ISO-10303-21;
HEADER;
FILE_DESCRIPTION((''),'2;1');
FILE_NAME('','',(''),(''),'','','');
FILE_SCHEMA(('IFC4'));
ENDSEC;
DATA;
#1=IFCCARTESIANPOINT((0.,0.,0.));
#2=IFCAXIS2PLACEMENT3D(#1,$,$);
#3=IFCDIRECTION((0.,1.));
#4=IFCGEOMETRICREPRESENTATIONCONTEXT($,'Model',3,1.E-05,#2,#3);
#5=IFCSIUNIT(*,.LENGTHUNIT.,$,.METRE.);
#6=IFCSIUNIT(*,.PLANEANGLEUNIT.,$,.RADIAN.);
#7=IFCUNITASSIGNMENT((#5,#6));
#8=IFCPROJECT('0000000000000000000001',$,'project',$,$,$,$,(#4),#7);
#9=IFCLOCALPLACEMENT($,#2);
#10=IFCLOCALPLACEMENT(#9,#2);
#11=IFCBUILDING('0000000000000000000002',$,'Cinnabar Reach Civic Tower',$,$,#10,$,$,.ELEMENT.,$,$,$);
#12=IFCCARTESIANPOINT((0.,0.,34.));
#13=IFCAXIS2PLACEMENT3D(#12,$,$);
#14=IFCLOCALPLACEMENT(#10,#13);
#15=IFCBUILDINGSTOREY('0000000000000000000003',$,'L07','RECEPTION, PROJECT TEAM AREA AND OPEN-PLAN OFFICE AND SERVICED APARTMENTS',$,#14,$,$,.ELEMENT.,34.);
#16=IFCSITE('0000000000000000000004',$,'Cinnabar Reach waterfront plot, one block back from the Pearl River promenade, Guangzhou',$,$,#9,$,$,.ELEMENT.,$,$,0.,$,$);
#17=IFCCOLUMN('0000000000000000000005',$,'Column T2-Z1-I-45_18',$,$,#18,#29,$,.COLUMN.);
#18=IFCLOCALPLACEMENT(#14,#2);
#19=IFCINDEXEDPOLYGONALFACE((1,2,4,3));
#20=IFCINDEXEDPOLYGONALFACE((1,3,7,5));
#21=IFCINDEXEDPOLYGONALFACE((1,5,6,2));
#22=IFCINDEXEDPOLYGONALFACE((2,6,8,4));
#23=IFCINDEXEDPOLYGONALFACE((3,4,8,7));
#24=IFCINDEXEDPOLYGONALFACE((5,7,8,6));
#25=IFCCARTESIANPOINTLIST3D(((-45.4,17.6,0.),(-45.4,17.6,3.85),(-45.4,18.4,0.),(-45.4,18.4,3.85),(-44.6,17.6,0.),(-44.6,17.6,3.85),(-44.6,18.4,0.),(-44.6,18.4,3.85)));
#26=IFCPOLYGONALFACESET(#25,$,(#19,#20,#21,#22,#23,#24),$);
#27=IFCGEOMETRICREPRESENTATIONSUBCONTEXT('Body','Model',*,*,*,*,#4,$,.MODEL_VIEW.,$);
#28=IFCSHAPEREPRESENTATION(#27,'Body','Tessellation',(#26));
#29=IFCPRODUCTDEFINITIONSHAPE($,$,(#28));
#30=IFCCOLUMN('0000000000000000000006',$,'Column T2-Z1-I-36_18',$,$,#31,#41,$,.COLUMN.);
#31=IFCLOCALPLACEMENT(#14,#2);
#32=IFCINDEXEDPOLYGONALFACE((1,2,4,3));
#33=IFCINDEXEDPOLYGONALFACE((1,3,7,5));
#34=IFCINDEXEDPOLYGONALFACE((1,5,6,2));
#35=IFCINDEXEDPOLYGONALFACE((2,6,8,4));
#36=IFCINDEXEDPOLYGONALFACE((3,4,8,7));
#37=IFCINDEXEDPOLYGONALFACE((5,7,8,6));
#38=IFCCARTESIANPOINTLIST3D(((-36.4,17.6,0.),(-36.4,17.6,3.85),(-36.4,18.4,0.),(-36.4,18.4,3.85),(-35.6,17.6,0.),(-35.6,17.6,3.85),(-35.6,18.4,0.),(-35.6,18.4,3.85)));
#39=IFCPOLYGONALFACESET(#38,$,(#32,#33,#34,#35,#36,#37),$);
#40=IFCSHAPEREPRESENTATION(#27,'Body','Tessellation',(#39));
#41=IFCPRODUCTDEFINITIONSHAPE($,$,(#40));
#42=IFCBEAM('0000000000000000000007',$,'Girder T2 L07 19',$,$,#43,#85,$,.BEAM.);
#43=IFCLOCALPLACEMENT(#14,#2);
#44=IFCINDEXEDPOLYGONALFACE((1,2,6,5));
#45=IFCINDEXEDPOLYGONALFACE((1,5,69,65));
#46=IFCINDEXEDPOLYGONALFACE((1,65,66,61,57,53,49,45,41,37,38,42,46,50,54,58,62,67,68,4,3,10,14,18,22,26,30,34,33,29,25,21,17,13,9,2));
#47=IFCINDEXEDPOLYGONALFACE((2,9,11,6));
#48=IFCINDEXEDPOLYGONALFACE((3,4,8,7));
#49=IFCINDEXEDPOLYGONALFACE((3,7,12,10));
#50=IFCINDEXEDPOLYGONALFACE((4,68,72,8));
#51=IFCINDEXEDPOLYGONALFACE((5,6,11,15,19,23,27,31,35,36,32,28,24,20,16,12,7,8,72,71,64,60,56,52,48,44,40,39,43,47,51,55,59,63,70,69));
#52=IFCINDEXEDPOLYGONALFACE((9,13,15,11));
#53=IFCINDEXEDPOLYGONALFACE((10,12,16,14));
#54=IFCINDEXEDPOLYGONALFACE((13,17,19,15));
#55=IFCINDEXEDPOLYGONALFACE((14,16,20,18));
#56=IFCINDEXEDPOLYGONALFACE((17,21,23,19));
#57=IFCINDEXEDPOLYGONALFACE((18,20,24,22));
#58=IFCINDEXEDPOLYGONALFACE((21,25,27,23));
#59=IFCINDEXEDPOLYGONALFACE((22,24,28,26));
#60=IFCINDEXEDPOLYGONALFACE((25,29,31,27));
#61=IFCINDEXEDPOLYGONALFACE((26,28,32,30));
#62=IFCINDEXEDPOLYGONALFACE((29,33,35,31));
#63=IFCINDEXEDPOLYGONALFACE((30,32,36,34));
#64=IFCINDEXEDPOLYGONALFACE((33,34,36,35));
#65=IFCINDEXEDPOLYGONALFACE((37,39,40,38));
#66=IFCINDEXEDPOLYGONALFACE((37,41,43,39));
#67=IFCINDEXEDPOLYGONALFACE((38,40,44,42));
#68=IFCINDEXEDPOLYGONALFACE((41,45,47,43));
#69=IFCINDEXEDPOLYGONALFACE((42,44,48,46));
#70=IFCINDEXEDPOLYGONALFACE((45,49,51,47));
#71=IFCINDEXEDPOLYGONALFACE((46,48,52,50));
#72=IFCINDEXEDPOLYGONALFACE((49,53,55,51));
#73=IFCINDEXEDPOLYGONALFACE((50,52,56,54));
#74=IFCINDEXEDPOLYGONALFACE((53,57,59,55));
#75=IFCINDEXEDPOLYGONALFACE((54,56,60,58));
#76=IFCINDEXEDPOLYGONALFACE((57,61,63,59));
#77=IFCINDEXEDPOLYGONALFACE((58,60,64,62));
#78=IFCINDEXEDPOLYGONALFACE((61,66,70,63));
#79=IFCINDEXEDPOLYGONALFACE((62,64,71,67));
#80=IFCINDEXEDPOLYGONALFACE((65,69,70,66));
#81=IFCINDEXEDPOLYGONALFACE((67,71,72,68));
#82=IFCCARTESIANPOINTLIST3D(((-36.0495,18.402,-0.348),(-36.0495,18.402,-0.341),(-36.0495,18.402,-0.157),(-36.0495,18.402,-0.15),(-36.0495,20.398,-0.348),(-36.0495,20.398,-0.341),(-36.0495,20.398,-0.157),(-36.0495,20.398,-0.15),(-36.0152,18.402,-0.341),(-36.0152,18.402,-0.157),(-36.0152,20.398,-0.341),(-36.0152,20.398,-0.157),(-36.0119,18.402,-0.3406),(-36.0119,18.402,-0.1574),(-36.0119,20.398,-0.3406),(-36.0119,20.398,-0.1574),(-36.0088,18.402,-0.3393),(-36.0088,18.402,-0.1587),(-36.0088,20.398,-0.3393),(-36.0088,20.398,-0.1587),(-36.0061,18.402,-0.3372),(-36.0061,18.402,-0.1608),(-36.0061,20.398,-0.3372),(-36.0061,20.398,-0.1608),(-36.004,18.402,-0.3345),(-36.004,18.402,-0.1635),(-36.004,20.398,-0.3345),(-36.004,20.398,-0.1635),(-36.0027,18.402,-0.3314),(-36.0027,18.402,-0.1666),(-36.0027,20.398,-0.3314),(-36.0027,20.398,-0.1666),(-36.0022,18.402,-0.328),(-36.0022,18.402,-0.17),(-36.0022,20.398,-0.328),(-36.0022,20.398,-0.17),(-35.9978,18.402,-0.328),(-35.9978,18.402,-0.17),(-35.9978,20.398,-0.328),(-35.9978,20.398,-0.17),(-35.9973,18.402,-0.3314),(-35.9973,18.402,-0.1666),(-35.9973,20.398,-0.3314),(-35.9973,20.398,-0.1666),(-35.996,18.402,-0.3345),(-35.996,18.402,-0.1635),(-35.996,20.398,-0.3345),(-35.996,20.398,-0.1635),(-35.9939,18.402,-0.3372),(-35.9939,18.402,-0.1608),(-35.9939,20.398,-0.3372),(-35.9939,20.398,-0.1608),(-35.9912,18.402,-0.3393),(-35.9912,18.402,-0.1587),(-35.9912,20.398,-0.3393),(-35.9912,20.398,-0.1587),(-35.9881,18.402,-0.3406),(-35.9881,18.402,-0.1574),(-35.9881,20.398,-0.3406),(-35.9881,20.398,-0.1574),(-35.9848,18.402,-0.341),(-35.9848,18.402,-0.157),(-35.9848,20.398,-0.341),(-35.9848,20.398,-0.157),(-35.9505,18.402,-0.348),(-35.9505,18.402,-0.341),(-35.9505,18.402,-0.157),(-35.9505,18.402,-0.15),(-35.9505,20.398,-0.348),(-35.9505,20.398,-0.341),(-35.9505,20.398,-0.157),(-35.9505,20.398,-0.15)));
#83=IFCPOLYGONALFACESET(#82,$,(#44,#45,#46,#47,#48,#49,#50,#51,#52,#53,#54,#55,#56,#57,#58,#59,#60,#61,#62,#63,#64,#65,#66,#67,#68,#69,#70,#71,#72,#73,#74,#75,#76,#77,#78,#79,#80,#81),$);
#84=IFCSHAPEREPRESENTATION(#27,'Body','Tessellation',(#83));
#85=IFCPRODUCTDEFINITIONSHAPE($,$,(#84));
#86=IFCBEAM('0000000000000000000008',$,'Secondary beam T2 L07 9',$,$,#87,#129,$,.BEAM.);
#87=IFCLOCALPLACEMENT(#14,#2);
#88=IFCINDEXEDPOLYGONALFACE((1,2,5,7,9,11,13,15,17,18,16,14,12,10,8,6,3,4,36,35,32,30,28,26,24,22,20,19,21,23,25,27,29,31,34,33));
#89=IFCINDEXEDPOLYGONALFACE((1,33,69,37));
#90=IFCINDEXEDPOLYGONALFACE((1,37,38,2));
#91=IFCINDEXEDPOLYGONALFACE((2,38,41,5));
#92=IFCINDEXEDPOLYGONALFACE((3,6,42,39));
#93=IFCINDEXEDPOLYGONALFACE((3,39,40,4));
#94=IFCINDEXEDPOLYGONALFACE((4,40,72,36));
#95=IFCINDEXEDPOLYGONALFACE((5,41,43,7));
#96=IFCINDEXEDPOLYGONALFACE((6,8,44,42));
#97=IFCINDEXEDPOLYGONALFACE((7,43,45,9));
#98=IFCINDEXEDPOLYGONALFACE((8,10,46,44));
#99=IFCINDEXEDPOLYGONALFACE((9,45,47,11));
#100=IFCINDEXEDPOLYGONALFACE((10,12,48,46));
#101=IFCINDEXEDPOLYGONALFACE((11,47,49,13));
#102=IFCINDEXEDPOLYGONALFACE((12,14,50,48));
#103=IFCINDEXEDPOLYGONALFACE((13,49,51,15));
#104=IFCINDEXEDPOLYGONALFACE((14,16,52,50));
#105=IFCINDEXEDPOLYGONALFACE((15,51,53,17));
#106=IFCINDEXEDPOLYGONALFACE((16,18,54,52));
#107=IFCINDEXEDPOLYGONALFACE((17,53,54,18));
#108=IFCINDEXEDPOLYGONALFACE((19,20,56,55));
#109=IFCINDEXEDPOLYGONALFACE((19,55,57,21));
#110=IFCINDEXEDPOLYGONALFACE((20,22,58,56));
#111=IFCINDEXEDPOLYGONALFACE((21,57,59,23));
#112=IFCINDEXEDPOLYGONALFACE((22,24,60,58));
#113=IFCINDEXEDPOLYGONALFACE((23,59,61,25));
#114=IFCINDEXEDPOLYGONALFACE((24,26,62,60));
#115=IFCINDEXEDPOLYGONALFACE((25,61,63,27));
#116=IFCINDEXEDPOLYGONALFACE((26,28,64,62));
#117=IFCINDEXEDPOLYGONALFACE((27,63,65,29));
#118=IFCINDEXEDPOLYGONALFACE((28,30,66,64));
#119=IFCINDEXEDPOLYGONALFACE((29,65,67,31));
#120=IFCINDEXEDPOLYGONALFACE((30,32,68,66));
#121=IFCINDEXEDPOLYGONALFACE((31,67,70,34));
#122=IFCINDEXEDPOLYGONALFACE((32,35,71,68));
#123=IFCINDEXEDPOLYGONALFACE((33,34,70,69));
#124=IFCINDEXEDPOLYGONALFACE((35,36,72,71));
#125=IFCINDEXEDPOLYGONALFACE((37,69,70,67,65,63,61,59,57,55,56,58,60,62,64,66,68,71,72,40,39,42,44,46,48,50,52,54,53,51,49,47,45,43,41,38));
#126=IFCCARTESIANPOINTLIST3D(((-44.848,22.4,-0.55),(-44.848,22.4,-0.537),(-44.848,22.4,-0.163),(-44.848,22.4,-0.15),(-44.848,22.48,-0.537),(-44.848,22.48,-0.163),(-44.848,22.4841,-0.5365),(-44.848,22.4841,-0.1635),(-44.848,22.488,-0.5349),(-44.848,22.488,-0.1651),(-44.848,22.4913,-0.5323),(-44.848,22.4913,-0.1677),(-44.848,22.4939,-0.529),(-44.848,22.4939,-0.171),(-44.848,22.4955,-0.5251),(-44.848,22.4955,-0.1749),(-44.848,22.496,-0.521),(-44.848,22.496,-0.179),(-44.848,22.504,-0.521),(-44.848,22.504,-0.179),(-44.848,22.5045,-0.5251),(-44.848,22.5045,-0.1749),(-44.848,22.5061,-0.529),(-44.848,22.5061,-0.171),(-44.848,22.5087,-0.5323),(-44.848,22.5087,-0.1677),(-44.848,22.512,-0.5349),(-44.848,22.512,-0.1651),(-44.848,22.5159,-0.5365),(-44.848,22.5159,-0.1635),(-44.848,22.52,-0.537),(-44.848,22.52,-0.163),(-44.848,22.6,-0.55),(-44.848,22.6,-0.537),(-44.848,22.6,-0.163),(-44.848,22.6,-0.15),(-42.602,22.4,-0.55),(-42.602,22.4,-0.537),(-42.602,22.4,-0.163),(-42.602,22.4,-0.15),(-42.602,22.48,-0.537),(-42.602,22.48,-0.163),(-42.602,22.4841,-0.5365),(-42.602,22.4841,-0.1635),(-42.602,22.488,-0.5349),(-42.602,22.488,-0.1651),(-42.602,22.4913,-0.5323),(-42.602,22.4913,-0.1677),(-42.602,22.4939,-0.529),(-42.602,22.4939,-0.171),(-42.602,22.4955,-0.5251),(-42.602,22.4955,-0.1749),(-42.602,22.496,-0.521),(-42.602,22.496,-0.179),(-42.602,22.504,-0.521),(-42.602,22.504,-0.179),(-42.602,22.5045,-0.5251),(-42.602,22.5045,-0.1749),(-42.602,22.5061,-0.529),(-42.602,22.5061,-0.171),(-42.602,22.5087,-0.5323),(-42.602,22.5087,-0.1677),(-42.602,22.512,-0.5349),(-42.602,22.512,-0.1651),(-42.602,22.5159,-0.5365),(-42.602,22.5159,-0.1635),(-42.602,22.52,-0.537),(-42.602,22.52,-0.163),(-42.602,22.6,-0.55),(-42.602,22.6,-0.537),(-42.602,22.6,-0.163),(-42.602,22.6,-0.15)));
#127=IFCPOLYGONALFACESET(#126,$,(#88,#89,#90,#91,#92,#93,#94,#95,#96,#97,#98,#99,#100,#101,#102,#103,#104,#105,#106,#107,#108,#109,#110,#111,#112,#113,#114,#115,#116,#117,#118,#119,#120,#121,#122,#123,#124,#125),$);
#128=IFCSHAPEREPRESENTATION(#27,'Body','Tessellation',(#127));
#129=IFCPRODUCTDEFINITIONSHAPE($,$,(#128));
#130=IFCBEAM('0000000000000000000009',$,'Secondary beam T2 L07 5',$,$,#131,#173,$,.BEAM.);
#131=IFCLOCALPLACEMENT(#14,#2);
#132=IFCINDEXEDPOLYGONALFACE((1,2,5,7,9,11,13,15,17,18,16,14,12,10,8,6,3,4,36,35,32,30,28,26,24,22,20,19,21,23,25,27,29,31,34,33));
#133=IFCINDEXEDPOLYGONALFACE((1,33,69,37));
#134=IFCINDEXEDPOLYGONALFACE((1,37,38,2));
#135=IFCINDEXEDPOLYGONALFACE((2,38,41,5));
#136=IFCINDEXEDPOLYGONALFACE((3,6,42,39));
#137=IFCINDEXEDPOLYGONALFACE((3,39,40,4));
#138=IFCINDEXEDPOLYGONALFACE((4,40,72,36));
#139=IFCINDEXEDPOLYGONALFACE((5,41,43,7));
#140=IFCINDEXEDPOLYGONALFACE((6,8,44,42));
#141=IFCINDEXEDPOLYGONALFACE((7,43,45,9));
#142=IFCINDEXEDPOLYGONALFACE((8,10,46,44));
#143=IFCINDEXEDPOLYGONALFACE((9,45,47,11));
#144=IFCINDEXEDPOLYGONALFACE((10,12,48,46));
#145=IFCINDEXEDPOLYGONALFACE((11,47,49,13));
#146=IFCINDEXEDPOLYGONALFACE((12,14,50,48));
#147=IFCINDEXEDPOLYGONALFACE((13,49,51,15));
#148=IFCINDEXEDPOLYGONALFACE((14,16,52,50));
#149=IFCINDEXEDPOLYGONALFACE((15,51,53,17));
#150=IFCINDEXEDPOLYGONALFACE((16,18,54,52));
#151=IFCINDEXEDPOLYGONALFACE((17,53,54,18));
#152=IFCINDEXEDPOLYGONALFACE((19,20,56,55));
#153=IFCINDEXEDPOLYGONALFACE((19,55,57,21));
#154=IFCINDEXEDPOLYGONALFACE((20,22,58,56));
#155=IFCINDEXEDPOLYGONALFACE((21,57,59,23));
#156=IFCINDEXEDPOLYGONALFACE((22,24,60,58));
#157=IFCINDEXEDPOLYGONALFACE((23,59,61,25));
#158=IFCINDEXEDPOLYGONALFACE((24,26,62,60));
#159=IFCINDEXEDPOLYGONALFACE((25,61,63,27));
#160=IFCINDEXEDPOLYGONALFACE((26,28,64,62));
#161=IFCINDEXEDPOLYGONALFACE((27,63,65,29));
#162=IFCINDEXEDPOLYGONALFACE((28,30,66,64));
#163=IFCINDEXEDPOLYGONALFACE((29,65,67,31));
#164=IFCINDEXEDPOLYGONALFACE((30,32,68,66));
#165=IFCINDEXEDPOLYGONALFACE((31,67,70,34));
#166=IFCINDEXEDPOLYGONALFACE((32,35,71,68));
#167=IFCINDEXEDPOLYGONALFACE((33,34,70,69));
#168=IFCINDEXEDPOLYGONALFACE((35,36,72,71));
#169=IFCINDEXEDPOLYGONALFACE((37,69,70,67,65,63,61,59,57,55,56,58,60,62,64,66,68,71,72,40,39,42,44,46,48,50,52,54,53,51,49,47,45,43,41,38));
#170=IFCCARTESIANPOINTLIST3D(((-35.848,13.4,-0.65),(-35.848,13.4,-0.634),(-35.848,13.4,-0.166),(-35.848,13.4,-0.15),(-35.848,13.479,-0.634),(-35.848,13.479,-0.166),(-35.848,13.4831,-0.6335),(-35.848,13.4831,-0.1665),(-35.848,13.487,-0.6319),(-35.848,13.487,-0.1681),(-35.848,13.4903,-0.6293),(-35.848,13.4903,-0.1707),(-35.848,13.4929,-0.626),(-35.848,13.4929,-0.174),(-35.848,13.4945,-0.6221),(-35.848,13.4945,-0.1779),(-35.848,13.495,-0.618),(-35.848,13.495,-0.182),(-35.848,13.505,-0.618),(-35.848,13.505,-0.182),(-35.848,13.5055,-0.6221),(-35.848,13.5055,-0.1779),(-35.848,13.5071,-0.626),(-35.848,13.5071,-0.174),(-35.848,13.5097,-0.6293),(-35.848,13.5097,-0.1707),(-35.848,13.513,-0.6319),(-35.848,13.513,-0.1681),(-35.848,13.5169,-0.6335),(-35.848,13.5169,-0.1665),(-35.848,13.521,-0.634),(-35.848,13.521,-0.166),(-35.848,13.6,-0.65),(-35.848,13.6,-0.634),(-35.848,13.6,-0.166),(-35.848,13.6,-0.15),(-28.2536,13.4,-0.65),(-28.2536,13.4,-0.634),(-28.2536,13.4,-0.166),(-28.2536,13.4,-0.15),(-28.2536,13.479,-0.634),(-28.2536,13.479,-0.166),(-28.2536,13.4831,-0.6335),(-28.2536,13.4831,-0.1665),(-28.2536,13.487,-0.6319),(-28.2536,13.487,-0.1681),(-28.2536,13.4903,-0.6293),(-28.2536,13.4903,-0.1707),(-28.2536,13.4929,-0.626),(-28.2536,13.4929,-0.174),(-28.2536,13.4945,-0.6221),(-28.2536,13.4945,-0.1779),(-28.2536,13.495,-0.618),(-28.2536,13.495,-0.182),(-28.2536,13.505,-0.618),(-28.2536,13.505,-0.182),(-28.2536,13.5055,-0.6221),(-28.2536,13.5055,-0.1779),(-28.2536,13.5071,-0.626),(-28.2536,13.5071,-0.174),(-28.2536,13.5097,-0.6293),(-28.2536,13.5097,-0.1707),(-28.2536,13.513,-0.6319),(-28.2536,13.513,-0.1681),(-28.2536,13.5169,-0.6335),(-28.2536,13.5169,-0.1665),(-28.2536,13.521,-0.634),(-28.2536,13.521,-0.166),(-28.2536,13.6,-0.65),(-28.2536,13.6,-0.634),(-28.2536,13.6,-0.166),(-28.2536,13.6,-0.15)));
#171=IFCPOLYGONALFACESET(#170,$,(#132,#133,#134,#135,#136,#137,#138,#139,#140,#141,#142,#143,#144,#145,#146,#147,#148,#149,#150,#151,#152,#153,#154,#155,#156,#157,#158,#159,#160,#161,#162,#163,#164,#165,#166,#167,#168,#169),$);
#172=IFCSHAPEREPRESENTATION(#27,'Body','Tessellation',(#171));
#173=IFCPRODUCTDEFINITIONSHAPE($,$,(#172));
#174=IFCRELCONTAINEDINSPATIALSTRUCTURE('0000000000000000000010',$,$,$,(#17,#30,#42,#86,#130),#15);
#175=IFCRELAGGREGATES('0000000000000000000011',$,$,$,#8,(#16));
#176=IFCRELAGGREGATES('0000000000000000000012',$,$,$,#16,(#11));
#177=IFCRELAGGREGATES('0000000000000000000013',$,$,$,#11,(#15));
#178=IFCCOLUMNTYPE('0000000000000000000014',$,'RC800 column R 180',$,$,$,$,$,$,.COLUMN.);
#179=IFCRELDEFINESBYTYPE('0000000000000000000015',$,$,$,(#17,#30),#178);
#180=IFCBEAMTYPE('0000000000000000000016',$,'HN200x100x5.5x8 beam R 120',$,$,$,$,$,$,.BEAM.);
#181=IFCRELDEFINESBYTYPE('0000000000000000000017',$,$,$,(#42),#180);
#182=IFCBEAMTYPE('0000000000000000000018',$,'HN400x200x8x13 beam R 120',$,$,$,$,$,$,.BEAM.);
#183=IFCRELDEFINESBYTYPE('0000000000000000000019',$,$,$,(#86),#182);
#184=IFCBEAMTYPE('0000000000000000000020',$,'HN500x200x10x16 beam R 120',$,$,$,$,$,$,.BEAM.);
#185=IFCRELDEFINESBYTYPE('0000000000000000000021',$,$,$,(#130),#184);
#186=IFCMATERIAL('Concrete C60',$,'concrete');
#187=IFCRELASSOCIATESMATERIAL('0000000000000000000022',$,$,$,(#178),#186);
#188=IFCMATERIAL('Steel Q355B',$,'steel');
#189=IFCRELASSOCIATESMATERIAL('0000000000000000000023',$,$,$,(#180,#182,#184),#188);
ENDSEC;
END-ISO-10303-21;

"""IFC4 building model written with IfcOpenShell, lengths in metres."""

from ifc_helpers import new_model, si_unit, direction, frame, origin, origin_2d, place, context, subcontext, project, spatial, rectangle, i_section, extrude, material, material_profile, profile_set, type_object, element, save


model = new_model("IFC4")

# Units and contexts
model_context = context("Model", 3, precision=1e-05, world=origin(), true_north=direction((0.0, 1.0)))
body_context = subcontext(model_context, "Body", "Model", "MODEL_VIEW")
ifc_project = project(units=[si_unit("LENGTHUNIT", "METRE"), si_unit("PLANEANGLEUNIT", "RADIAN")], contexts=[model_context])

# Site, building, storey
site_placement = place(None, origin())
site = spatial("IfcSite", under=ifc_project, at=site_placement, Name="Cinnabar Reach waterfront plot, one block back from the Pearl River promenade, Guangzhou", CompositionType="ELEMENT", RefElevation=0.0)
building_placement = place(site_placement, origin())
building = spatial("IfcBuilding", under=site, at=building_placement, Name="Cinnabar Reach Civic Tower", CompositionType="ELEMENT")
storey_placement = place(building_placement, frame((0.0, 0.0, 34.0)))
storey = spatial("IfcBuildingStorey", under=building, at=storey_placement, Name="L07", Description="RECEPTION, PROJECT TEAM AREA AND OPEN-PLAN OFFICE AND SERVICED APARTMENTS", CompositionType="ELEMENT", Elevation=34.0)

# Columns
ifc_material_1 = material(Name="Concrete C60", Category="concrete")
ifc_material_profile_1 = material_profile(ifc_material_1, rectangle(XDim=0.8, YDim=0.8, at=origin_2d()), Name="RC800")
ifc_profile_set_1 = profile_set([ifc_material_profile_1], Name="Concrete C60")
column_type = type_object("IfcColumnType", Name="RC800 column R 180", PredefinedType="COLUMN", material=ifc_profile_set_1)
for number, where, z_axis, x_axis, name in (
    (1, (-45.0, 18.0, 0.0), (0.0, 0.0, 1.0), (1.0, 0.0, 0.0), "Column T2-Z1-I-45_18"),
    (2, (-36.0, 18.0, 0.0), (0.0, 0.0, 1.0), (1.0, 0.0, 0.0), "Column T2-Z1-I-36_18"),
):
    element("IfcColumn", number, at=place(storey_placement, frame(where, z_axis=z_axis, x_axis=x_axis)), inside=storey, type_object=column_type, Name=name, PredefinedType="COLUMN", context=body_context, shape_type="SweptSolid", body=[
        extrude(rectangle(XDim=0.8, YDim=0.8, at=origin_2d()), origin(), (0.0, 0.0, 1.0), 3.85),
    ])

# Beams
ifc_material_2 = material(Name="Steel Q355B", Category="steel")
ifc_material_profile_2 = material_profile(ifc_material_2, i_section(OverallWidth=0.099, OverallDepth=0.198, WebThickness=0.0045, FlangeThickness=0.007, FilletRadius=0.013, at=origin_2d()), Name="HN200x100x5.5x8")
ifc_profile_set_2 = profile_set([ifc_material_profile_2], Name="Steel Q355B")
beam_type_1 = type_object("IfcBeamType", Name="HN200x100x5.5x8 beam R 120", PredefinedType="BEAM", material=ifc_profile_set_2)
beam_1_placement = place(storey_placement, frame((-36.0, 18.402, -0.249), z_axis=(0.0, 1.0, 0.0), x_axis=(-1.0, 0.0, 0.0)))
element("IfcBeam", 3, at=beam_1_placement, inside=storey, type_object=beam_type_1, Name="Girder T2 L07 19", PredefinedType="BEAM", context=body_context, shape_type="SweptSolid", body=[
    extrude(i_section(OverallWidth=0.099, OverallDepth=0.198, WebThickness=0.0045, FlangeThickness=0.007, FilletRadius=0.013, at=origin_2d()), origin(), (0.0, 0.0, 1.0), 1.996),
])
ifc_material_profile_3 = material_profile(ifc_material_2, i_section(OverallWidth=0.2, OverallDepth=0.4, WebThickness=0.008, FlangeThickness=0.013, FilletRadius=0.016, at=origin_2d()), Name="HN400x200x8x13")
ifc_profile_set_3 = profile_set([ifc_material_profile_3], Name="Steel Q355B")
beam_type_2 = type_object("IfcBeamType", Name="HN400x200x8x13 beam R 120", PredefinedType="BEAM", material=ifc_profile_set_3)
beam_2_placement = place(storey_placement, frame((-44.848, 22.5, -0.35), z_axis=(1.0, 0.0, 0.0), x_axis=(0.0, 1.0, 0.0)))
element("IfcBeam", 4, at=beam_2_placement, inside=storey, type_object=beam_type_2, Name="Secondary beam T2 L07 9", PredefinedType="BEAM", context=body_context, shape_type="SweptSolid", body=[
    extrude(i_section(OverallWidth=0.2, OverallDepth=0.4, WebThickness=0.008, FlangeThickness=0.013, FilletRadius=0.016, at=origin_2d()), origin(), (0.0, 0.0, 1.0), 2.246),
])
ifc_material_profile_4 = material_profile(ifc_material_2, i_section(OverallWidth=0.2, OverallDepth=0.5, WebThickness=0.01, FlangeThickness=0.016, FilletRadius=0.016, at=origin_2d()), Name="HN500x200x10x16")
ifc_profile_set_4 = profile_set([ifc_material_profile_4], Name="Steel Q355B")
beam_type_3 = type_object("IfcBeamType", Name="HN500x200x10x16 beam R 120", PredefinedType="BEAM", material=ifc_profile_set_4)
beam_3_placement = place(storey_placement, frame((-35.848, 13.5, -0.4), z_axis=(1.0, 0.0, 0.0), x_axis=(0.0, 1.0, 0.0)))
element("IfcBeam", 5, at=beam_3_placement, inside=storey, type_object=beam_type_3, Name="Secondary beam T2 L07 5", PredefinedType="BEAM", context=body_context, shape_type="SweptSolid", body=[
    extrude(i_section(OverallWidth=0.2, OverallDepth=0.5, WebThickness=0.01, FlangeThickness=0.016, FilletRadius=0.016, at=origin_2d()), origin(), (0.0, 0.0, 1.0), 7.5944),
])

save(model, "model.ifc")
